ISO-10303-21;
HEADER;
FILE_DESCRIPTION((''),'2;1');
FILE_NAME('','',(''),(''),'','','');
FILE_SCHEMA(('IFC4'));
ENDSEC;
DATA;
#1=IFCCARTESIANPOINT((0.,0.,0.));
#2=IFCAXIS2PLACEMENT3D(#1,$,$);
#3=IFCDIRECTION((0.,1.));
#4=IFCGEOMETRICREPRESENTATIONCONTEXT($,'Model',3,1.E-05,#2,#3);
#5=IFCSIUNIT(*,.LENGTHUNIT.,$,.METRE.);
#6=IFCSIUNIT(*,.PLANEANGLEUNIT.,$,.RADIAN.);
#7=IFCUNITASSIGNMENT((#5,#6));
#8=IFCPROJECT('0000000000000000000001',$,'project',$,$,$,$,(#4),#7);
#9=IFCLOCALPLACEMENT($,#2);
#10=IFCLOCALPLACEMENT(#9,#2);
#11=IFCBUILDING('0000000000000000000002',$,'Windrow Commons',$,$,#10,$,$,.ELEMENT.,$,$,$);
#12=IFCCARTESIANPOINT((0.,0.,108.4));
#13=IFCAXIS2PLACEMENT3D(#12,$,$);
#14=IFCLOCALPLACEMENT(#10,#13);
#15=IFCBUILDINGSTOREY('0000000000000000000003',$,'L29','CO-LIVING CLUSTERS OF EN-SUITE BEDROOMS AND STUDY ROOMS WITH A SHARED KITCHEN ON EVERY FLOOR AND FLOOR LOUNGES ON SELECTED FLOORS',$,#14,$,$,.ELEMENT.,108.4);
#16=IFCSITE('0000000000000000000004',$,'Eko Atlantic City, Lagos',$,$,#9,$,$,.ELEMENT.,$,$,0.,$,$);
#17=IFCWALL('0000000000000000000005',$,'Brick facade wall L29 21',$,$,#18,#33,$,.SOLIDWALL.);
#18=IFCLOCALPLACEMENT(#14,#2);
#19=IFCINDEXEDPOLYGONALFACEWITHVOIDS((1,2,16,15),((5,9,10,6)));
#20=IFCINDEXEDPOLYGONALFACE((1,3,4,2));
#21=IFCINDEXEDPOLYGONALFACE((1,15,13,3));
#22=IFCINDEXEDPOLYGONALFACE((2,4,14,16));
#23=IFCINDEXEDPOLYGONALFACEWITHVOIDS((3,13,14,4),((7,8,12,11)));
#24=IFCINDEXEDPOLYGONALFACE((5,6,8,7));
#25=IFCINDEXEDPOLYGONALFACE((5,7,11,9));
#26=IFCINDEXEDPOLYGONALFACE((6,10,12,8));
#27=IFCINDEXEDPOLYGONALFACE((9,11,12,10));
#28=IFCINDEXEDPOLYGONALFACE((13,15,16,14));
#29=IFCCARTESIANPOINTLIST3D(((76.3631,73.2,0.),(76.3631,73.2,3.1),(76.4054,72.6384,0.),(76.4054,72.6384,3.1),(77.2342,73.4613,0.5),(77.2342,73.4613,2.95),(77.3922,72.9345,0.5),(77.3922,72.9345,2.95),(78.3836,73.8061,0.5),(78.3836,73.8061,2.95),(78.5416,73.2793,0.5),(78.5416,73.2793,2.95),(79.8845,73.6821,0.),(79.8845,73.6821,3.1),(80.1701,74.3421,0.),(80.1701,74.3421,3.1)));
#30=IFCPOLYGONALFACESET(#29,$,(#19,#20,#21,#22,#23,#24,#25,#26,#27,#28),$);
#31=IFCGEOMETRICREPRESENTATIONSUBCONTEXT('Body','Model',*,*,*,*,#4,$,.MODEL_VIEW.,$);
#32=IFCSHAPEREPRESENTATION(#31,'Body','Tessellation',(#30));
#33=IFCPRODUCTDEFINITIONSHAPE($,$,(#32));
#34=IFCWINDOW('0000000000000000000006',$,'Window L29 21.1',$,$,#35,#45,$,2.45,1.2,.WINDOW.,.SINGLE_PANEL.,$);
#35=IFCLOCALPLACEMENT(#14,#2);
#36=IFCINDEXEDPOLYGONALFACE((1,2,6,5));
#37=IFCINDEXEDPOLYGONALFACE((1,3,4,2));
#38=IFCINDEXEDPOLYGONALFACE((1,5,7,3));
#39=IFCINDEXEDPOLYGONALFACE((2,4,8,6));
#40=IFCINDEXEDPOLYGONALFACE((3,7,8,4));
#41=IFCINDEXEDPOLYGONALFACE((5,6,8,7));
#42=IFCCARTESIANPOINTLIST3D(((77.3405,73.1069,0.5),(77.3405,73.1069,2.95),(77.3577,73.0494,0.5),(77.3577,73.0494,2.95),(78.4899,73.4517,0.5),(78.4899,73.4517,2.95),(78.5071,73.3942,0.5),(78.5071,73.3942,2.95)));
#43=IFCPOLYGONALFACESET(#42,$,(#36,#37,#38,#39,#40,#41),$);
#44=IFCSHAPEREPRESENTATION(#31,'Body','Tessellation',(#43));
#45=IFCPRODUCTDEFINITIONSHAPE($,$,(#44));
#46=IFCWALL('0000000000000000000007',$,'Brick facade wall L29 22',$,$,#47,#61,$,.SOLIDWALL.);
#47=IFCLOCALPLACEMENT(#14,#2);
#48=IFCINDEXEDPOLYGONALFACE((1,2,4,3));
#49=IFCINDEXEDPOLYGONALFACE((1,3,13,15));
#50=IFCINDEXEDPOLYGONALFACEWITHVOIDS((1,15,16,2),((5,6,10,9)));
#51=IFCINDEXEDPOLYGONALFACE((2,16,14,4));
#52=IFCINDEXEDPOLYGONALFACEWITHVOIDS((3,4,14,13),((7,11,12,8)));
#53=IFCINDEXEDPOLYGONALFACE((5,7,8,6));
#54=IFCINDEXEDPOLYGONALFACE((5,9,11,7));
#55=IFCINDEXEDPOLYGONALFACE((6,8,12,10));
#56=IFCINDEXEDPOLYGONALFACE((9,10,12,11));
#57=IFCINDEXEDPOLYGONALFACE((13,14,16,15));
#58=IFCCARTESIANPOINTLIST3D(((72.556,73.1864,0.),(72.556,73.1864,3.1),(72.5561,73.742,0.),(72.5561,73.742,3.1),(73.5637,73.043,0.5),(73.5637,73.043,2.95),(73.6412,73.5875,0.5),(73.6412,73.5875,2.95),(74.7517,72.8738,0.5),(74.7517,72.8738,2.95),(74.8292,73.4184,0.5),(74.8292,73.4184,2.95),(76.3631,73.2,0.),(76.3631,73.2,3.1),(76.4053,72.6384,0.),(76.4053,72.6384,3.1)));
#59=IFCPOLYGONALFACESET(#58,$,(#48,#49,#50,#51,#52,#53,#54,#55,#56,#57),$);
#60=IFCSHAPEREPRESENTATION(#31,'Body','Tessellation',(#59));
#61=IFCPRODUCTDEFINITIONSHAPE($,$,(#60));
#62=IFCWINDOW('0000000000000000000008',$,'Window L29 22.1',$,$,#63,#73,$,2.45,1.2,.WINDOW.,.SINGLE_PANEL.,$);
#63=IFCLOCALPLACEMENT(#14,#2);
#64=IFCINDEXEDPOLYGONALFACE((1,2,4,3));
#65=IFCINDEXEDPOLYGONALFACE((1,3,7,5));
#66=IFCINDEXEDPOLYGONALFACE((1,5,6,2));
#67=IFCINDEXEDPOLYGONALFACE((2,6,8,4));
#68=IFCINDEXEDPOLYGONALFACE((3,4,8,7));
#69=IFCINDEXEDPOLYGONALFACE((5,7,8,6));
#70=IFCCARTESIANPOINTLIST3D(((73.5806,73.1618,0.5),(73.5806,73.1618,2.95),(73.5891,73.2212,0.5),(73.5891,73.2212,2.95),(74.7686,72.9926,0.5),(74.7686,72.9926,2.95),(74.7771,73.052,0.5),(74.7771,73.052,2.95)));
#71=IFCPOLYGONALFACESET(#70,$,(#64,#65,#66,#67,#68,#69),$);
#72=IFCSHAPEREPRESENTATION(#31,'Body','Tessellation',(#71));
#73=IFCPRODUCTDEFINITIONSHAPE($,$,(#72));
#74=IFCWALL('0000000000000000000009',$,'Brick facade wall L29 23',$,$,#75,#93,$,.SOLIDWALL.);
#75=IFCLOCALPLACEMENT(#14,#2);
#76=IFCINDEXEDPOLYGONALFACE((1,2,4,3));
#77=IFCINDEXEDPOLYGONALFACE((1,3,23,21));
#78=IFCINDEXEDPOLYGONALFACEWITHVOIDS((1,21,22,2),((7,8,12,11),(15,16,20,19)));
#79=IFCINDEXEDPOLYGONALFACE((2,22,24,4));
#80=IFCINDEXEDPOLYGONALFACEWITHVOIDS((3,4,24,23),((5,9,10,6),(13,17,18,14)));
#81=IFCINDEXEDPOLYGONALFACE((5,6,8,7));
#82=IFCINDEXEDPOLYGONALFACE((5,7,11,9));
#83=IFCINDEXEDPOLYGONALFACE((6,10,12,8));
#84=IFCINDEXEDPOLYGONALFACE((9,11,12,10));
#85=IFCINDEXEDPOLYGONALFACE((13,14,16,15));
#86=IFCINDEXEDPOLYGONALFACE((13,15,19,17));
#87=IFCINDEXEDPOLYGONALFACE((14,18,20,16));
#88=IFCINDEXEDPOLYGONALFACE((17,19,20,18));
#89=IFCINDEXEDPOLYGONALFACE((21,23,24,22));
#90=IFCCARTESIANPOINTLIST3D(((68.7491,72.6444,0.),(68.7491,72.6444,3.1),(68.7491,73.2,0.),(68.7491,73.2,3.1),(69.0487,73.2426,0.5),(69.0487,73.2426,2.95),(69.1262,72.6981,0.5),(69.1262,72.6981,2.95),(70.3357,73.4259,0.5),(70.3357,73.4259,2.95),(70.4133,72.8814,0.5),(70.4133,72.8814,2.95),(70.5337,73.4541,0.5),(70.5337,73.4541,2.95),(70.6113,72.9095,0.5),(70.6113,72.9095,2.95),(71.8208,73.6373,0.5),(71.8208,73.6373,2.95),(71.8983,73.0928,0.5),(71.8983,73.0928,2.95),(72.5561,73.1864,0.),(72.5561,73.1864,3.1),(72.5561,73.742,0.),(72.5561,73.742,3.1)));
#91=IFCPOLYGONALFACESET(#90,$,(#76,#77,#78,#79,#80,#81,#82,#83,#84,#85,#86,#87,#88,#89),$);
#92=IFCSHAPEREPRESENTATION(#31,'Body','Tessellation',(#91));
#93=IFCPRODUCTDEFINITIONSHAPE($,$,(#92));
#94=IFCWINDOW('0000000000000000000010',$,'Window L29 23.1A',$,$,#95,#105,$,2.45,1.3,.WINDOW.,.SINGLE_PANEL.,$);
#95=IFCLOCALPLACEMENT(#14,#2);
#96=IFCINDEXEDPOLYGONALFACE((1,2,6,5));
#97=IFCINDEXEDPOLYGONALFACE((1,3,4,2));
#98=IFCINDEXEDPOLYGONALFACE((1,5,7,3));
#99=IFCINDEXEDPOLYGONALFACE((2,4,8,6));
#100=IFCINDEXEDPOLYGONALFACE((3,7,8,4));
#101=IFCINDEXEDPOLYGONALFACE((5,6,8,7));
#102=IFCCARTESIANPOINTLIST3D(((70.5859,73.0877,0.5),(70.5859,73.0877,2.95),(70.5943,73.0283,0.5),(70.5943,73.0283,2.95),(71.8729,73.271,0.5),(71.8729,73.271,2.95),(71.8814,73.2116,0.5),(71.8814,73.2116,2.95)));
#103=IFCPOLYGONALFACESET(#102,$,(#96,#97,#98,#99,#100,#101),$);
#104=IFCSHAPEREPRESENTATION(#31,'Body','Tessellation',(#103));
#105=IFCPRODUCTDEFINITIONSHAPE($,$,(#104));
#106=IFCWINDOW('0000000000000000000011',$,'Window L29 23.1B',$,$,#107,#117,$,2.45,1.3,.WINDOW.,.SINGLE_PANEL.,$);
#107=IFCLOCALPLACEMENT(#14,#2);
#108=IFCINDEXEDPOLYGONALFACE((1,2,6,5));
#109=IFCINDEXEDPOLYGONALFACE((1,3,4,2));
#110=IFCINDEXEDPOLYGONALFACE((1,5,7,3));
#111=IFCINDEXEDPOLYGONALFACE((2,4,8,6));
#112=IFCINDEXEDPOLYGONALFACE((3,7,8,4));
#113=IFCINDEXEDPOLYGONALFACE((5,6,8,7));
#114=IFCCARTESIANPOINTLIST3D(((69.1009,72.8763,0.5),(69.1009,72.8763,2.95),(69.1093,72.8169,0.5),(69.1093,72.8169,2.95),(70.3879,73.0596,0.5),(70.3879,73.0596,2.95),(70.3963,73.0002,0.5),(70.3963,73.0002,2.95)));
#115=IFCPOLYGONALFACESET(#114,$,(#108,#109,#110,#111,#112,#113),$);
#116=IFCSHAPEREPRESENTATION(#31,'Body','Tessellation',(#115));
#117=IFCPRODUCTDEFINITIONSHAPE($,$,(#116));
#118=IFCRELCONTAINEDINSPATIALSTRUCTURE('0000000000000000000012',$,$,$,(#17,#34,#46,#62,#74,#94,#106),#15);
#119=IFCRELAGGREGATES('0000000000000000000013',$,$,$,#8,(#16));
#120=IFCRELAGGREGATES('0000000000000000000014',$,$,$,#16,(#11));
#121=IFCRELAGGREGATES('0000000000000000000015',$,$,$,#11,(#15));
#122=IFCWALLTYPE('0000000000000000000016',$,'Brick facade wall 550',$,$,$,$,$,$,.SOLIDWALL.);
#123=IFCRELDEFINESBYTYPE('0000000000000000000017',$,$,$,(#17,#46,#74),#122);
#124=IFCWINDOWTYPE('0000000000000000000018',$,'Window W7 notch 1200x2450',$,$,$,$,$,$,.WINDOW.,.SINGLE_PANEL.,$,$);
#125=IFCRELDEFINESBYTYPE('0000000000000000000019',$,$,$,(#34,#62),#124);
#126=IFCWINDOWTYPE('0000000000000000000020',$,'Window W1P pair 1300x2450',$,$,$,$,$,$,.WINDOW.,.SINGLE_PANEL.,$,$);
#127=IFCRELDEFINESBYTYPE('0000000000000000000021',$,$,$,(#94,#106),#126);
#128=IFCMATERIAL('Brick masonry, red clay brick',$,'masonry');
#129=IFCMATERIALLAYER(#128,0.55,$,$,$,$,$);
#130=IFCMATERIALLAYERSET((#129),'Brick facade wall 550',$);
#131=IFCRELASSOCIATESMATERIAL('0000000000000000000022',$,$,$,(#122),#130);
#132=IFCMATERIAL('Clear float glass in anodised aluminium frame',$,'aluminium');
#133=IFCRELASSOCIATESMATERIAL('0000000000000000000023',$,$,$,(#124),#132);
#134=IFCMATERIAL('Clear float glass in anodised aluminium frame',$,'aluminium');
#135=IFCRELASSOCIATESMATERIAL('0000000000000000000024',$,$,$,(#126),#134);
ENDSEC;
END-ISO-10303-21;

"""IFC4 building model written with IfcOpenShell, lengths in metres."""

from ifc_helpers import new_model, si_unit, direction, frame, frame_2d, origin, place, context, subcontext, project, spatial, polyline, rectangle, outline, extrude, material, layer, layer_set, type_object, element, fill, save


model = new_model("IFC4")

# Units and contexts
model_context = context("Model", 3, precision=1e-05, world=origin(), true_north=direction((0.0, 1.0)))
body_context = subcontext(model_context, "Body", "Model", "MODEL_VIEW")
ifc_project = project(units=[si_unit("LENGTHUNIT", "METRE"), si_unit("PLANEANGLEUNIT", "RADIAN")], contexts=[model_context])

# Site, building, storey
site_placement = place(None, origin())
site = spatial("IfcSite", under=ifc_project, at=site_placement, Name="Eko Atlantic City, Lagos", CompositionType="ELEMENT", RefElevation=0.0)
building_placement = place(site_placement, origin())
building = spatial("IfcBuilding", under=site, at=building_placement, Name="Windrow Commons", CompositionType="ELEMENT")
storey_placement = place(building_placement, frame((0.0, 0.0, 108.4)))
storey = spatial("IfcBuildingStorey", under=building, at=storey_placement, Name="L29", Description="CO-LIVING CLUSTERS OF EN-SUITE BEDROOMS AND STUDY ROOMS WITH A SHARED KITCHEN ON EVERY FLOOR AND FLOOR LOUNGES ON SELECTED FLOORS", CompositionType="ELEMENT", Elevation=108.4)

# Walls, openings, windows
ifc_material_1 = material(Name="Brick masonry, red clay brick", Category="masonry")
ifc_layer = layer(ifc_material_1, 0.55)
ifc_layer_set = layer_set([ifc_layer], Name="Brick facade wall 550")
wall_type = type_object("IfcWallType", Name="Brick facade wall 550", PredefinedType="SOLIDWALL", material=ifc_layer_set)
ifc_material_2 = material(Name="Clear float glass in anodised aluminium frame", Category="aluminium")
window_type_1 = type_object("IfcWindowType", Name="Window W7 notch 1200x2450", PartitioningType="SINGLE_PANEL", PredefinedType="WINDOW", material=ifc_material_2)
wall_1_placement = place(storey_placement, frame((80.0273, 74.0121, 0.0), z_axis=(0.0, 0.0, 1.0), x_axis=(-0.957828, -0.287341, 0.0)))
wall_1 = element("IfcWall", 1, at=wall_1_placement, inside=storey, type_object=wall_type, Name="Brick facade wall L29 21", PredefinedType="SOLIDWALL", context=body_context, shape_type="SweptSolid", body=[
    extrude(outline(polyline([(-0.2316, -0.275), (3.743, -0.275), (3.8639, 0.275), (0.2316, 0.275), (-0.2316, -0.275)])), origin(), (0.0, 0.0, 1.0), 3.1),
])
opening_1_placement = place(wall_1_placement, frame((1.6336, 0.0, 0.5)))
opening_1 = element("IfcOpeningElement", 2, at=opening_1_placement, cuts=wall_1, PredefinedType="OPENING", context=body_context, shape_type="SweptSolid", body=[
    extrude(rectangle(XDim=1.2, YDim=2.45, at=frame_2d((0.6, 1.225))), frame((0.0, 0.285, 0.0), z_axis=(0.0, -1.0, 0.0), x_axis=(1.0, 0.0, 0.0)), (0.0, 0.0, 1.0), 0.57),
])
window_1_placement = place(opening_1_placement, origin())
window_1 = element("IfcWindow", 3, at=window_1_placement, inside=storey, type_object=window_type_1, Name="Window L29 21.1", OverallHeight=2.45, OverallWidth=1.2, PartitioningType="SINGLE_PANEL", PredefinedType="WINDOW", context=body_context, shape_type="SweptSolid", body=[
    extrude(rectangle(XDim=1.2, YDim=2.45, at=frame_2d((0.6, 1.225))), frame((0.0, 0.155, 0.0), z_axis=(0.0, -1.0, 0.0), x_axis=(1.0, 0.0, 0.0)), (0.0, 0.0, 1.0), 0.06),
])
fill(opening_1, window_1)
wall_2_placement = place(storey_placement, frame((76.3842, 72.9192, 0.0), z_axis=(0.0, 0.0, 1.0), x_axis=(-0.990017, 0.140947, 0.0)))
wall_2 = element("IfcWall", 4, at=wall_2_placement, inside=storey, type_object=wall_type, Name="Brick facade wall L29 22", PredefinedType="SOLIDWALL", context=body_context, shape_type="SweptSolid", body=[
    extrude(outline(polyline([(0.0605, -0.275), (3.9059, -0.275), (3.8276, 0.275), (-0.0605, 0.275), (0.0605, -0.275)])), origin(), (0.0, 0.0, 1.0), 3.1),
])
opening_2_placement = place(wall_2_placement, frame((1.6098, 0.0, 0.5)))
opening_2 = element("IfcOpeningElement", 5, at=opening_2_placement, cuts=wall_2, PredefinedType="OPENING", context=body_context, shape_type="SweptSolid", body=[
    extrude(rectangle(XDim=1.2, YDim=2.45, at=frame_2d((0.6, 1.225))), frame((0.0, 0.285, 0.0), z_axis=(0.0, -1.0, 0.0), x_axis=(1.0, 0.0, 0.0)), (0.0, 0.0, 1.0), 0.57),
])
window_2_placement = place(opening_2_placement, origin())
window_2 = element("IfcWindow", 6, at=window_2_placement, inside=storey, type_object=window_type_1, Name="Window L29 22.1", OverallHeight=2.45, OverallWidth=1.2, PartitioningType="SINGLE_PANEL", PredefinedType="WINDOW", context=body_context, shape_type="SweptSolid", body=[
    extrude(rectangle(XDim=1.2, YDim=2.45, at=frame_2d((0.6, 1.225))), frame((0.0, 0.155, 0.0), z_axis=(0.0, -1.0, 0.0), x_axis=(1.0, 0.0, 0.0)), (0.0, 0.0, 1.0), 0.06),
])
fill(opening_2, window_2)

# Wall, openings, windows
wall_3_placement = place(storey_placement, frame((72.5561, 73.4642, 0.0), z_axis=(0.0, 0.0, 1.0), x_axis=(-0.990017, -0.140948, 0.0)))
wall_3 = element("IfcWall", 7, at=wall_3_placement, inside=storey, type_object=wall_type, Name="Brick facade wall L29 23", PredefinedType="SOLIDWALL", context=body_context, shape_type="SweptSolid", body=[
    extrude(outline(polyline([(-0.0392, -0.275), (3.8062, -0.275), (3.8845, 0.275), (0.0392, 0.275), (-0.0392, -0.275)])), origin(), (0.0, 0.0, 1.0), 3.1),
])
opening_3_placement = place(wall_3_placement, frame((0.7036, 0.0, 0.5)))
opening_3 = element("IfcOpeningElement", 8, at=opening_3_placement, cuts=wall_3, PredefinedType="OPENING", context=body_context, shape_type="SweptSolid", body=[
    extrude(rectangle(XDim=1.3, YDim=2.45, at=frame_2d((0.65, 1.225))), frame((0.0, 0.285, 0.0), z_axis=(0.0, -1.0, 0.0), x_axis=(1.0, 0.0, 0.0)), (0.0, 0.0, 1.0), 0.57),
])
opening_4_placement = place(wall_3_placement, frame((2.2036, 0.0, 0.5)))
opening_4 = element("IfcOpeningElement", 9, at=opening_4_placement, cuts=wall_3, PredefinedType="OPENING", context=body_context, shape_type="SweptSolid", body=[
    extrude(rectangle(XDim=1.3, YDim=2.45, at=frame_2d((0.65, 1.225))), frame((0.0, 0.285, 0.0), z_axis=(0.0, -1.0, 0.0), x_axis=(1.0, 0.0, 0.0)), (0.0, 0.0, 1.0), 0.57),
])
ifc_material_3 = material(Name="Clear float glass in anodised aluminium frame", Category="aluminium")
window_type_2 = type_object("IfcWindowType", Name="Window W1P pair 1300x2450", PartitioningType="SINGLE_PANEL", PredefinedType="WINDOW", material=ifc_material_3)
window_3_placement = place(opening_3_placement, origin())
window_3 = element("IfcWindow", 10, at=window_3_placement, inside=storey, type_object=window_type_2, Name="Window L29 23.1A", OverallHeight=2.45, OverallWidth=1.3, PartitioningType="SINGLE_PANEL", PredefinedType="WINDOW", context=body_context, shape_type="SweptSolid", body=[
    extrude(rectangle(XDim=1.3, YDim=2.45, at=frame_2d((0.65, 1.225))), frame((0.0, 0.155, 0.0), z_axis=(0.0, -1.0, 0.0), x_axis=(1.0, 0.0, 0.0)), (0.0, 0.0, 1.0), 0.06),
])
fill(opening_3, window_3)
window_4_placement = place(opening_4_placement, origin())
window_4 = element("IfcWindow", 11, at=window_4_placement, inside=storey, type_object=window_type_2, Name="Window L29 23.1B", OverallHeight=2.45, OverallWidth=1.3, PartitioningType="SINGLE_PANEL", PredefinedType="WINDOW", context=body_context, shape_type="SweptSolid", body=[
    extrude(rectangle(XDim=1.3, YDim=2.45, at=frame_2d((0.65, 1.225))), frame((0.0, 0.155, 0.0), z_axis=(0.0, -1.0, 0.0), x_axis=(1.0, 0.0, 0.0)), (0.0, 0.0, 1.0), 0.06),
])
fill(opening_4, window_4)

save(model, "model.ifc")
